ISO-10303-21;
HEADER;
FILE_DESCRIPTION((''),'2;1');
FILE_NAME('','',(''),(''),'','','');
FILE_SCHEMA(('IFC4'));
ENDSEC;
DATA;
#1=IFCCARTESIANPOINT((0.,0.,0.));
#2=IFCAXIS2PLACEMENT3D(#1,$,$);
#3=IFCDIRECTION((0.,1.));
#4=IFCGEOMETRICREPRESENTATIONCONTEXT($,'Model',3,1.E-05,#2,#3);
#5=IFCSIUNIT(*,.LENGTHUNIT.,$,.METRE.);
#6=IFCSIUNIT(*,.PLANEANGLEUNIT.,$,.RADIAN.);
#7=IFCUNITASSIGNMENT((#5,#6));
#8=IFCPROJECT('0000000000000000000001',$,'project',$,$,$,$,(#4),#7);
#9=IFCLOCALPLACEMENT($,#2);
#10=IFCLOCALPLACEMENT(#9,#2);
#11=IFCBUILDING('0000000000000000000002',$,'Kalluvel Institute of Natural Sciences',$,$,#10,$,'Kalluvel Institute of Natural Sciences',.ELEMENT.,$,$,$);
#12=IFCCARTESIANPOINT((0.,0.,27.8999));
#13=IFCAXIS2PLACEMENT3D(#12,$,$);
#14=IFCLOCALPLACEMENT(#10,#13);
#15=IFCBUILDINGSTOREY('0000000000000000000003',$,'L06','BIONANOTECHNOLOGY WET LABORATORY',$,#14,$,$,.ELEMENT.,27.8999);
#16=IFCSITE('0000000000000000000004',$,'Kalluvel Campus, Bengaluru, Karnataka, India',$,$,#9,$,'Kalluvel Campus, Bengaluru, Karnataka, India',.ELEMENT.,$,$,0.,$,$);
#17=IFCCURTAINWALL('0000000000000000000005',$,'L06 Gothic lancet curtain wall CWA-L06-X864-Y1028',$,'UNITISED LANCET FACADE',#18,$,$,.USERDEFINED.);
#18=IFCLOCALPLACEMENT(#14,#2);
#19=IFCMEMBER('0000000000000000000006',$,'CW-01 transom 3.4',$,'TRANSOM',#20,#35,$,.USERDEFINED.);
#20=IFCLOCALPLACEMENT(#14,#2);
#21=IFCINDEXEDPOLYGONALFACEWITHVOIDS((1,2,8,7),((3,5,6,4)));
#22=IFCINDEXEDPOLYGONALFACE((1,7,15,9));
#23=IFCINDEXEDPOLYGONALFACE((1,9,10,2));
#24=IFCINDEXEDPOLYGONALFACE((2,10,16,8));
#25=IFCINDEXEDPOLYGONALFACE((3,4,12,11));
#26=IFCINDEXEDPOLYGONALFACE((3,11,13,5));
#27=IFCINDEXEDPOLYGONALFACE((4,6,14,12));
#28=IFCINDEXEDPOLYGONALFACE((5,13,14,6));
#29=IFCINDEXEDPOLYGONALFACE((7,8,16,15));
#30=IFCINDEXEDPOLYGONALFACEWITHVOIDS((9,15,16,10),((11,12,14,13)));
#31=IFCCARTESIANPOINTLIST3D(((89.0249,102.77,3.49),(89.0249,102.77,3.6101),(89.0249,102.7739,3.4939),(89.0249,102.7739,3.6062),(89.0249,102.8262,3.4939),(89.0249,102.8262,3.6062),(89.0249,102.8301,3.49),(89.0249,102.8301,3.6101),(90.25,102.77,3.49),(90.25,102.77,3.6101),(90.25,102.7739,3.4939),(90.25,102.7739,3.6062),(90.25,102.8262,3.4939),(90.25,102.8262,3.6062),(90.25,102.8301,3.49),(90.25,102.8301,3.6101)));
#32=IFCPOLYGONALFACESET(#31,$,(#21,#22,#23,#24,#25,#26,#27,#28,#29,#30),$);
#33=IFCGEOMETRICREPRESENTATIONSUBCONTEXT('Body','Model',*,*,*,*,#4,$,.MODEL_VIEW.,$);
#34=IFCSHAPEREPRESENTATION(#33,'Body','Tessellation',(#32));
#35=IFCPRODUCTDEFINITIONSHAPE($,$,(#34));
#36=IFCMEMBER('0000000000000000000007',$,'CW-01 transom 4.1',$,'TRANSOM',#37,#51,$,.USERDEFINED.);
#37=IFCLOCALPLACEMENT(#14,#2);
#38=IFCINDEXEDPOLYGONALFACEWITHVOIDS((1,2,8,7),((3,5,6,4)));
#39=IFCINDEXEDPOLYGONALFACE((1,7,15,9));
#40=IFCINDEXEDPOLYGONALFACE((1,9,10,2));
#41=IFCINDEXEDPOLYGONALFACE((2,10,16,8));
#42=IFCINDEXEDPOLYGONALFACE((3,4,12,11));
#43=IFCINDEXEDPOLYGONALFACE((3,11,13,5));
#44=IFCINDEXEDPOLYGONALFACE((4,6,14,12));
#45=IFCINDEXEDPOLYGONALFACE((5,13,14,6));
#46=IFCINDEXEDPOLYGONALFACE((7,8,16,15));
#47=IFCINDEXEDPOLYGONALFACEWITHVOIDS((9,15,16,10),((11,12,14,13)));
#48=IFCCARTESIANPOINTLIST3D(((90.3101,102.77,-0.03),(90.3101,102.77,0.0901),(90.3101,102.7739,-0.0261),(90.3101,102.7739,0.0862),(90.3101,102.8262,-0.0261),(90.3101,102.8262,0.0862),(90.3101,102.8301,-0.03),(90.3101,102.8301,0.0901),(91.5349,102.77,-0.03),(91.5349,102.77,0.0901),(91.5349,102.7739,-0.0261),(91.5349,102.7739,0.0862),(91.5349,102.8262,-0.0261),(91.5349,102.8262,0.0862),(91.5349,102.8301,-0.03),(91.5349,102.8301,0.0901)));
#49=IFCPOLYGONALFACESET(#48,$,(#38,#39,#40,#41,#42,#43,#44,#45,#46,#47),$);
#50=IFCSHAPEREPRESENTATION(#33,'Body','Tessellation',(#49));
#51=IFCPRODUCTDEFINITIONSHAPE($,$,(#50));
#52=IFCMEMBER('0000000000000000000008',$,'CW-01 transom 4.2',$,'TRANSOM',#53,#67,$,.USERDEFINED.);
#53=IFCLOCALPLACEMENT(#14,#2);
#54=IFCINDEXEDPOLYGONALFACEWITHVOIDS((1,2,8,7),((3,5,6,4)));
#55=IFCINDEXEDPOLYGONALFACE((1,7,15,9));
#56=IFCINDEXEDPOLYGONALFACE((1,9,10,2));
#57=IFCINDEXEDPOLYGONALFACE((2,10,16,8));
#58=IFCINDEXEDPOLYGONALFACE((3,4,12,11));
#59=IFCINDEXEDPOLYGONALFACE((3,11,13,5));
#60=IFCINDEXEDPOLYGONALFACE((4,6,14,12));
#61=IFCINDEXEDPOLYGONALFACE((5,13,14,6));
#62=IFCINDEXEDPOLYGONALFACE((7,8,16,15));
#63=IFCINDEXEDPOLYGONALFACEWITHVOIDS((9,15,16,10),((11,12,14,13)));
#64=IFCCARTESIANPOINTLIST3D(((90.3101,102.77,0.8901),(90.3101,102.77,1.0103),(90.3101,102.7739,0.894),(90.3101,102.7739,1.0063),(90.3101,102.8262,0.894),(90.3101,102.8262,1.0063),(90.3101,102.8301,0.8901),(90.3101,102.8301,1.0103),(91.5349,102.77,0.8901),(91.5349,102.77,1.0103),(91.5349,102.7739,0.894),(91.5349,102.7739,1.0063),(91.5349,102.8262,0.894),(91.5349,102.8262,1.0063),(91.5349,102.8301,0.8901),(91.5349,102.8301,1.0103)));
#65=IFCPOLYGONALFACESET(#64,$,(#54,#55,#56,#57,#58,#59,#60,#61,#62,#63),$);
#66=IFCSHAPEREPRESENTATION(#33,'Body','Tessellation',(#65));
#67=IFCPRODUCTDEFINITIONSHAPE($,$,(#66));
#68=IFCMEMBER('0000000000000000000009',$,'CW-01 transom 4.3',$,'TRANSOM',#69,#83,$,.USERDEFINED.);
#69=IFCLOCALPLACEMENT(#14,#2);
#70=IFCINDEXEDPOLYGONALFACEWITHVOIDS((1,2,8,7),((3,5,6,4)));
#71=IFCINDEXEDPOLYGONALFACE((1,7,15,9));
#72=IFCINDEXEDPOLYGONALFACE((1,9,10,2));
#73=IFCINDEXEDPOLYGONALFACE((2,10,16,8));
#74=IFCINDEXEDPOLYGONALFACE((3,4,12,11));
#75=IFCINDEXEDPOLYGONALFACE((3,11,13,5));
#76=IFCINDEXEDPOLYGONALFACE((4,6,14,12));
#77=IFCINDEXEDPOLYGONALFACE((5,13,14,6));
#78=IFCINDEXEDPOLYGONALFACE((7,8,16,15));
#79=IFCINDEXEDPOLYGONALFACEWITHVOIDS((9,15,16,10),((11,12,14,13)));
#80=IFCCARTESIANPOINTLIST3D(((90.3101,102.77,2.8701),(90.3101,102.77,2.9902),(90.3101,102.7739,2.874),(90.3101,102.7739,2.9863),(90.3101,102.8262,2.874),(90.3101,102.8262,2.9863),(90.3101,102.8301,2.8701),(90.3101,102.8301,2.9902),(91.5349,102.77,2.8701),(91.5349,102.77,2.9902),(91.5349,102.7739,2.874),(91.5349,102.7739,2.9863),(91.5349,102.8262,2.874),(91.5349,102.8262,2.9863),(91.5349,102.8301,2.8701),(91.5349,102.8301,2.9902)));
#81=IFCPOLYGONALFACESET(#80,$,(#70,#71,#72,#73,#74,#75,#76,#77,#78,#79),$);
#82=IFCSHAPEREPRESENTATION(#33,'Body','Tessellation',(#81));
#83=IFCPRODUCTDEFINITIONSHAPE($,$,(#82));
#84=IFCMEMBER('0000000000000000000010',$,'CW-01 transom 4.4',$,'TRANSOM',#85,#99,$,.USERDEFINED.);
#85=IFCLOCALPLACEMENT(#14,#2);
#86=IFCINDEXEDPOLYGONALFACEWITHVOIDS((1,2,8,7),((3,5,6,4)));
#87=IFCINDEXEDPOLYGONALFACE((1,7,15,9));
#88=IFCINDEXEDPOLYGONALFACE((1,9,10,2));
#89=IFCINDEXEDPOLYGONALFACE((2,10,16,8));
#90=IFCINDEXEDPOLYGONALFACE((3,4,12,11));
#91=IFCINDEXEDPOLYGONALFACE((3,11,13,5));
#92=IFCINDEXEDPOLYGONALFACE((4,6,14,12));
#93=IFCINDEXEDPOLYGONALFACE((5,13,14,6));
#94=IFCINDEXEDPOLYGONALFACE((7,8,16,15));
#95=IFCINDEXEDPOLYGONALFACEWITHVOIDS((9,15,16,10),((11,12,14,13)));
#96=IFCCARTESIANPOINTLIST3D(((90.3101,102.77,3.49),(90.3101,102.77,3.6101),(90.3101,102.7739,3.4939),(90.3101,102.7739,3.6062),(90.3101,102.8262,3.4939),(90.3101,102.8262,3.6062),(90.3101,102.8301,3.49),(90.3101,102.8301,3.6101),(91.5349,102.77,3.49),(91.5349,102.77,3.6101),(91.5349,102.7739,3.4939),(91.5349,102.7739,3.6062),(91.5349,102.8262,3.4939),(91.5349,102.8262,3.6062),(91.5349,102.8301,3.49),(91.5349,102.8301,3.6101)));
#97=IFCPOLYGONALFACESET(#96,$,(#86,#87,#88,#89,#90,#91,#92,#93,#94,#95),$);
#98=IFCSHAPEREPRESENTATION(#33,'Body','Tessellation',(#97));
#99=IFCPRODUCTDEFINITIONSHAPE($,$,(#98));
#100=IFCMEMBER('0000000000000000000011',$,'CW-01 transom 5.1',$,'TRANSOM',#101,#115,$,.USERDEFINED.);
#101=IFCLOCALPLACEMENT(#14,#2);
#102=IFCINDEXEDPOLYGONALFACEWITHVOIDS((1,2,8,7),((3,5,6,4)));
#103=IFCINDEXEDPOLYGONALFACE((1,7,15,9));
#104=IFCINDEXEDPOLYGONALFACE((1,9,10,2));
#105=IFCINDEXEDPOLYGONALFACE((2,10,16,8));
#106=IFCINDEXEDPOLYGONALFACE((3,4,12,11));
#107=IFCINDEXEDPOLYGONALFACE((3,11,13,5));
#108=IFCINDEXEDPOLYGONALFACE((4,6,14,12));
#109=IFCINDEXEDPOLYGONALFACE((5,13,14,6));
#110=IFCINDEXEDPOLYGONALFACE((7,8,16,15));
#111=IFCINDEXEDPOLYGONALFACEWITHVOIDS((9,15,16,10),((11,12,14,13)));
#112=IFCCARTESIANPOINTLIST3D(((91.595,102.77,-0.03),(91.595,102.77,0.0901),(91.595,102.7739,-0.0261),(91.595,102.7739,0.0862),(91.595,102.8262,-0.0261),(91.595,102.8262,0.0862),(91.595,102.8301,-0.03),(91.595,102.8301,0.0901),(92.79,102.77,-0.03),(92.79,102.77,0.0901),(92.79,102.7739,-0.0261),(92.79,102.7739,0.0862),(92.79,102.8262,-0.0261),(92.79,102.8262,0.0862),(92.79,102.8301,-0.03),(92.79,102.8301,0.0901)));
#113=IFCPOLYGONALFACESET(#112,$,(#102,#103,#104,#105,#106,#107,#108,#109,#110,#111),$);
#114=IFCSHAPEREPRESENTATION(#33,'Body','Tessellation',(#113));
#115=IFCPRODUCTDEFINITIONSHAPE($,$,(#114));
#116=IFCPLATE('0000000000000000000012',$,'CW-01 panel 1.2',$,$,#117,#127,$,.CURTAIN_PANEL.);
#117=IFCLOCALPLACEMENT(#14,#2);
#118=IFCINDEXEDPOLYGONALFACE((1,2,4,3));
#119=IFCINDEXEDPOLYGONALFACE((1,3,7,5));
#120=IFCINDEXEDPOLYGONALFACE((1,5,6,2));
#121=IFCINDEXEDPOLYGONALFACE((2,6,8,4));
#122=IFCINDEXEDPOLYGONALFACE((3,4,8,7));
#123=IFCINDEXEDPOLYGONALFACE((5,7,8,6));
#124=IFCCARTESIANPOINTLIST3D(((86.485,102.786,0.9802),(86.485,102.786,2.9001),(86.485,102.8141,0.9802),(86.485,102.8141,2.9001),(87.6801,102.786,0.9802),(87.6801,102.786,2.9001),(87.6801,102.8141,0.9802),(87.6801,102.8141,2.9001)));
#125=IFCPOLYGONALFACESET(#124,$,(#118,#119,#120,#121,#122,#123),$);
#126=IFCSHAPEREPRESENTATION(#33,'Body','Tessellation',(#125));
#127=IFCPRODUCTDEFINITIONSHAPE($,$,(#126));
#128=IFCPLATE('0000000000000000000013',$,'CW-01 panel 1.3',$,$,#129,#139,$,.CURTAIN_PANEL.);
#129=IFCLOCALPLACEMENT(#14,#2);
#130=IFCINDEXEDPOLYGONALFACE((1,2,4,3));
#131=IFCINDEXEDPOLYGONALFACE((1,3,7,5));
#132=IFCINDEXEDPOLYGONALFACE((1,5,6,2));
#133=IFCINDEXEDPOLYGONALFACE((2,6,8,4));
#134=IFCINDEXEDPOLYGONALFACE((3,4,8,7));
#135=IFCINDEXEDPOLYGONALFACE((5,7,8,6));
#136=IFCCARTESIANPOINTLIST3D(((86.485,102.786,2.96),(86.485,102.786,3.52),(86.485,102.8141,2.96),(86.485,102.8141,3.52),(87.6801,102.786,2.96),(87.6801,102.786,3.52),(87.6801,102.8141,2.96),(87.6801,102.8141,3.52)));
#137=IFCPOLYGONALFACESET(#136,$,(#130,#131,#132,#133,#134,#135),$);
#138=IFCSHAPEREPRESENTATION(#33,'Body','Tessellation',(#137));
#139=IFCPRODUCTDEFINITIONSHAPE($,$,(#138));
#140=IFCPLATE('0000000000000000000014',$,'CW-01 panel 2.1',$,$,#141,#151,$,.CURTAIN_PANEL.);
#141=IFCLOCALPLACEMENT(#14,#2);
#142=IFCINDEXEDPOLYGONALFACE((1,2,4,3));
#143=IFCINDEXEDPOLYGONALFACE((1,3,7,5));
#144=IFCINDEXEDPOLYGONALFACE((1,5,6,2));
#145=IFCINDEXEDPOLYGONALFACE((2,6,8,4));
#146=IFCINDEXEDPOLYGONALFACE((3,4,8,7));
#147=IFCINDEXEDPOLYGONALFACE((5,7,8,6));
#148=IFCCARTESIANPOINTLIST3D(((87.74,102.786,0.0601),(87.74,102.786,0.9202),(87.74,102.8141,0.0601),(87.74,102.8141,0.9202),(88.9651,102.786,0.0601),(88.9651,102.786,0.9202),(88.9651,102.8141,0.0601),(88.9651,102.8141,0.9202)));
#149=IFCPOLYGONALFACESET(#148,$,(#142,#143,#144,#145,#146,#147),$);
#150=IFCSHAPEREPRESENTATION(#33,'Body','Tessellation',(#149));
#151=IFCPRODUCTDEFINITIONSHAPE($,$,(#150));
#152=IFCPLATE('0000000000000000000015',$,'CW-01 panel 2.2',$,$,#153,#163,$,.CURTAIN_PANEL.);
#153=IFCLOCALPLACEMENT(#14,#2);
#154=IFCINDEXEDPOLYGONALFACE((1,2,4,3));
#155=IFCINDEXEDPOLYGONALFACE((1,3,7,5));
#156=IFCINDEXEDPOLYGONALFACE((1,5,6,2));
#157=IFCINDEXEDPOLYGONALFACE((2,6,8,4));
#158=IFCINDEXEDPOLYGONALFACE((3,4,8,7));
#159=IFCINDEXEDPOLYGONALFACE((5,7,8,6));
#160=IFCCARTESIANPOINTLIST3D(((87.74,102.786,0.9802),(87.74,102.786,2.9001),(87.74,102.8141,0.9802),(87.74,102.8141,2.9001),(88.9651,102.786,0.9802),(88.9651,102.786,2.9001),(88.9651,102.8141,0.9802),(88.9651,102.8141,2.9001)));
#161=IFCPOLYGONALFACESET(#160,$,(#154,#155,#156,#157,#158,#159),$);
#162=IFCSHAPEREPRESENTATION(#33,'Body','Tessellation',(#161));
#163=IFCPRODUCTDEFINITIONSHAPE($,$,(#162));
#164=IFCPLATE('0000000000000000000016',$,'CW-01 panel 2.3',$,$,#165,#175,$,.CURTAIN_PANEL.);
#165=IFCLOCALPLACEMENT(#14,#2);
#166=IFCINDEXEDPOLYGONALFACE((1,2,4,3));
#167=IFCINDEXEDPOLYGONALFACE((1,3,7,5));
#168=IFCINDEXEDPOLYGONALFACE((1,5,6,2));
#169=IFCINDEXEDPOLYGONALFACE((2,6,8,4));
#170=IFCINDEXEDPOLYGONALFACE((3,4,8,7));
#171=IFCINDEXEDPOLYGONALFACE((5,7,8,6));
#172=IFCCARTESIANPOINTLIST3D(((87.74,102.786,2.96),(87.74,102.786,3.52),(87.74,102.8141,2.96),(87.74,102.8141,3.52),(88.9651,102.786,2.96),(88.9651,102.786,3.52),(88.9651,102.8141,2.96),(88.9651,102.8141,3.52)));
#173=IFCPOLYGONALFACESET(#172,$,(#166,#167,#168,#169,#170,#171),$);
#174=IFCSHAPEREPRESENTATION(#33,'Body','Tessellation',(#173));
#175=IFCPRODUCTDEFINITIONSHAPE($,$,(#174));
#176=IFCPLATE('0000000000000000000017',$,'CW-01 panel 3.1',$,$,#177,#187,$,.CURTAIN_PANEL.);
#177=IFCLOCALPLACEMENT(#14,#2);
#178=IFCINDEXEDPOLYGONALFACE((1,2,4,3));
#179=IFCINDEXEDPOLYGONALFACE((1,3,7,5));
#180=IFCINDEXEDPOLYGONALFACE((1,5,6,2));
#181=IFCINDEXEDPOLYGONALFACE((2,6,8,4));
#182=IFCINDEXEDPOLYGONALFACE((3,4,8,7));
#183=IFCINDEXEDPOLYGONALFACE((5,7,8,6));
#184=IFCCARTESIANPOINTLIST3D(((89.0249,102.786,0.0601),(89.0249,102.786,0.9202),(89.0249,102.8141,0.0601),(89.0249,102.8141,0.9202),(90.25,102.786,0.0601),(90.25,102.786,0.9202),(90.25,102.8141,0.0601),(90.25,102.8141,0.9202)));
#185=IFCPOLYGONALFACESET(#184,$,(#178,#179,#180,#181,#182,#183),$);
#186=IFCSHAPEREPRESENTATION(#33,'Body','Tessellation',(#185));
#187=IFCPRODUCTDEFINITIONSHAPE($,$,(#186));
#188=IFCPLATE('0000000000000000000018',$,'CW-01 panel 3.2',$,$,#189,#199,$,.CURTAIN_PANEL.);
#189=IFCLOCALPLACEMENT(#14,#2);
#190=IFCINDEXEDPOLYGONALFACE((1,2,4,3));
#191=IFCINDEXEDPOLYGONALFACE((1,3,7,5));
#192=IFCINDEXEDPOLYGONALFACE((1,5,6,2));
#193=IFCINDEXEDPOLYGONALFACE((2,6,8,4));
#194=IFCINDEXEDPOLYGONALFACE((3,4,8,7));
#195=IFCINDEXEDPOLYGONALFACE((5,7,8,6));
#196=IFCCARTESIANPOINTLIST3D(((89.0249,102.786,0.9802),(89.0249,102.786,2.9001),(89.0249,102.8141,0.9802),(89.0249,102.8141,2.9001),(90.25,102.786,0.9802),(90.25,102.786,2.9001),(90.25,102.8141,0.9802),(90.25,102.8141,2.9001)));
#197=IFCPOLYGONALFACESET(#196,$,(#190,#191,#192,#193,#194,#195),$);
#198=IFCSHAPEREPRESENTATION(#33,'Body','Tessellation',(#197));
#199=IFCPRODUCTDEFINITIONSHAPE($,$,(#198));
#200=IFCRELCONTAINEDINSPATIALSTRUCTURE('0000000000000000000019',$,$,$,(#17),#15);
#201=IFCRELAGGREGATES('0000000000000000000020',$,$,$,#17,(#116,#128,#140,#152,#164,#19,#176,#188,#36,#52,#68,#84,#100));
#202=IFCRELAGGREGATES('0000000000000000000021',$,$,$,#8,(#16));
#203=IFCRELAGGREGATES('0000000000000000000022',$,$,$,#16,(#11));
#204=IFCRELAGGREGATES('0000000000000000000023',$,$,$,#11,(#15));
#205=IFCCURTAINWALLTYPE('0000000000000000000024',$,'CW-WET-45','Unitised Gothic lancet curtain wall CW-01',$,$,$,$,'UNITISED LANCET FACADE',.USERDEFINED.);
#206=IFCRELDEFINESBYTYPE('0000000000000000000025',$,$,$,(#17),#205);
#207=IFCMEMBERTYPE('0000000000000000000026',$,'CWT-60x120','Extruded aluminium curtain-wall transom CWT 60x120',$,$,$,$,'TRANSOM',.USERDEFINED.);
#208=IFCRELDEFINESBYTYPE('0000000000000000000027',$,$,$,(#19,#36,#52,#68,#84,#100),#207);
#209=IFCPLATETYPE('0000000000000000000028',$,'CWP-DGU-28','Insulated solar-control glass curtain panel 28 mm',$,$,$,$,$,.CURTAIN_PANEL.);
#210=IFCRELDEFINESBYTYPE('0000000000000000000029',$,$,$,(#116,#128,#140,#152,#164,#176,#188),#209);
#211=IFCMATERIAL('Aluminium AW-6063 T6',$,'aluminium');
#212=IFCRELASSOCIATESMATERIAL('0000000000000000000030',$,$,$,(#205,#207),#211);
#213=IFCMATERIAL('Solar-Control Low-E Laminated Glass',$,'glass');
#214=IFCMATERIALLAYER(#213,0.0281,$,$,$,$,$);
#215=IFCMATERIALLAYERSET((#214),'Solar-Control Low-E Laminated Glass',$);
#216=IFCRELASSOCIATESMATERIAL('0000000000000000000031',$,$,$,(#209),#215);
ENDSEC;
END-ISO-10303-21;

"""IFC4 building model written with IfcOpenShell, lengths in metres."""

from ifc_helpers import new_model, si_unit, direction, frame, origin, origin_2d, place, context, subcontext, project, spatial, rectangle, hollow_rectangle, extrude, material, layer, layer_set, material_profile, profile_set, type_object, element, aggregate, save


model = new_model("IFC4")

# Units and contexts
model_context = context("Model", 3, precision=1e-05, world=origin(), true_north=direction((0.0, 1.0)))
body_context = subcontext(model_context, "Body", "Model", "MODEL_VIEW")
ifc_project = project(units=[si_unit("LENGTHUNIT", "METRE"), si_unit("PLANEANGLEUNIT", "RADIAN")], contexts=[model_context])

# Site, building, storey
site_placement = place(None, origin())
site = spatial("IfcSite", under=ifc_project, at=site_placement, Name="Kalluvel Campus, Bengaluru, Karnataka, India", LongName="Kalluvel Campus, Bengaluru, Karnataka, India", CompositionType="ELEMENT", RefElevation=0.0)
building_placement = place(site_placement, origin())
building = spatial("IfcBuilding", under=site, at=building_placement, Name="Kalluvel Institute of Natural Sciences", LongName="Kalluvel Institute of Natural Sciences", CompositionType="ELEMENT")
storey_placement = place(building_placement, frame((0.0, 0.0, 27.8999)))
storey = spatial("IfcBuildingStorey", under=building, at=storey_placement, Name="L06", Description="BIONANOTECHNOLOGY WET LABORATORY", CompositionType="ELEMENT", Elevation=27.8999)

# Curtain wall, members, plates
ifc_material_1 = material(Name="Aluminium AW-6063 T6", Category="aluminium")
curtain_wall_type = type_object("IfcCurtainWallType", Name="CW-WET-45", Description="Unitised Gothic lancet curtain wall CW-01", ElementType="UNITISED LANCET FACADE", PredefinedType="USERDEFINED", material=ifc_material_1)
curtain_wall_placement = place(storey_placement, origin())
curtain_wall = element("IfcCurtainWall", 1, at=curtain_wall_placement, inside=storey, type_object=curtain_wall_type, Name="L06 Gothic lancet curtain wall CWA-L06-X864-Y1028", ObjectType="UNITISED LANCET FACADE", PredefinedType="USERDEFINED")
ifc_material_profile_1 = material_profile(ifc_material_1, hollow_rectangle(XDim=0.0601, YDim=0.1201, WallThickness=0.0039, at=origin_2d()), Name="CWT 60x120")
ifc_profile_set_1 = profile_set([ifc_material_profile_1], Name="Aluminium AW-6063 T6")
member_type_1 = type_object("IfcMemberType", Name="CWT-60x120", Description="Extruded aluminium curtain-wall transom CWT 60x120", ElementType="TRANSOM", PredefinedType="USERDEFINED", material=ifc_profile_set_1)
member_1_placement = place(storey_placement, frame((89.0249, 102.8, 3.55), z_axis=(1.0, 0.0, 0.0), x_axis=(0.0, 1.0, 0.0)))
member_1 = element("IfcMember", 2, at=member_1_placement, type_object=member_type_1, Name="CW-01 transom 3.4", ObjectType="TRANSOM", PredefinedType="USERDEFINED", context=body_context, shape_type="SweptSolid", body=[
    extrude(hollow_rectangle(XDim=0.0601, YDim=0.1201, WallThickness=0.0039, at=origin_2d()), origin(), (0.0, 0.0, 1.0), 1.2251),
])
member_2_placement = place(storey_placement, frame((90.3101, 102.8, 0.03), z_axis=(1.0, 0.0, 0.0), x_axis=(0.0, 1.0, 0.0)))
member_2 = element("IfcMember", 3, at=member_2_placement, type_object=member_type_1, Name="CW-01 transom 4.1", ObjectType="TRANSOM", PredefinedType="USERDEFINED", context=body_context, shape_type="SweptSolid", body=[
    extrude(hollow_rectangle(XDim=0.0601, YDim=0.1201, WallThickness=0.0039, at=origin_2d()), origin(), (0.0, 0.0, 1.0), 1.2249),
])
member_3_placement = place(storey_placement, frame((90.3101, 102.8, 0.9502), z_axis=(1.0, 0.0, 0.0), x_axis=(0.0, 1.0, 0.0)))
member_3 = element("IfcMember", 4, at=member_3_placement, type_object=member_type_1, Name="CW-01 transom 4.2", ObjectType="TRANSOM", PredefinedType="USERDEFINED", context=body_context, shape_type="SweptSolid", body=[
    extrude(hollow_rectangle(XDim=0.0601, YDim=0.1201, WallThickness=0.0039, at=origin_2d()), origin(), (0.0, 0.0, 1.0), 1.2249),
])
member_4_placement = place(storey_placement, frame((90.3101, 102.8, 2.9302), z_axis=(1.0, 0.0, 0.0), x_axis=(0.0, 1.0, 0.0)))
member_4 = element("IfcMember", 5, at=member_4_placement, type_object=member_type_1, Name="CW-01 transom 4.3", ObjectType="TRANSOM", PredefinedType="USERDEFINED", context=body_context, shape_type="SweptSolid", body=[
    extrude(hollow_rectangle(XDim=0.0601, YDim=0.1201, WallThickness=0.0039, at=origin_2d()), origin(), (0.0, 0.0, 1.0), 1.2249),
])
member_5_placement = place(storey_placement, frame((90.3101, 102.8, 3.55), z_axis=(1.0, 0.0, 0.0), x_axis=(0.0, 1.0, 0.0)))
member_5 = element("IfcMember", 6, at=member_5_placement, type_object=member_type_1, Name="CW-01 transom 4.4", ObjectType="TRANSOM", PredefinedType="USERDEFINED", context=body_context, shape_type="SweptSolid", body=[
    extrude(hollow_rectangle(XDim=0.0601, YDim=0.1201, WallThickness=0.0039, at=origin_2d()), origin(), (0.0, 0.0, 1.0), 1.2249),
])
member_6_placement = place(storey_placement, frame((91.595, 102.8, 0.03), z_axis=(1.0, 0.0, 0.0), x_axis=(0.0, 1.0, 0.0)))
member_6 = element("IfcMember", 7, at=member_6_placement, type_object=member_type_1, Name="CW-01 transom 5.1", ObjectType="TRANSOM", PredefinedType="USERDEFINED", context=body_context, shape_type="SweptSolid", body=[
    extrude(hollow_rectangle(XDim=0.0601, YDim=0.1201, WallThickness=0.0039, at=origin_2d()), origin(), (0.0, 0.0, 1.0), 1.1951),
])
ifc_material_2 = material(Name="Solar-Control Low-E Laminated Glass", Category="glass")
ifc_layer = layer(ifc_material_2, 0.0281)
ifc_layer_set = layer_set([ifc_layer], Name="Solar-Control Low-E Laminated Glass")
plate_type = type_object("IfcPlateType", Name="CWP-DGU-28", Description="Insulated solar-control glass curtain panel 28 mm", PredefinedType="CURTAIN_PANEL", material=ifc_layer_set)
plate_1_placement = place(storey_placement, frame((87.0825, 102.8, 0.9802), z_axis=(0.0, 0.0, 1.0), x_axis=(1.0, 0.0, 0.0)))
plate_1 = element("IfcPlate", 8, at=plate_1_placement, type_object=plate_type, Name="CW-01 panel 1.2", PredefinedType="CURTAIN_PANEL", context=body_context, shape_type="SweptSolid", body=[
    extrude(rectangle(XDim=1.1951, YDim=0.0281, at=origin_2d()), origin(), (0.0, 0.0, 1.0), 1.9199),
])
plate_2_placement = place(storey_placement, frame((87.0825, 102.8, 2.96), z_axis=(0.0, 0.0, 1.0), x_axis=(1.0, 0.0, 0.0)))
plate_2 = element("IfcPlate", 9, at=plate_2_placement, type_object=plate_type, Name="CW-01 panel 1.3", PredefinedType="CURTAIN_PANEL", context=body_context, shape_type="SweptSolid", body=[
    extrude(rectangle(XDim=1.1951, YDim=0.0281, at=origin_2d()), origin(), (0.0, 0.0, 1.0), 0.5601),
])
plate_3_placement = place(storey_placement, frame((88.3525, 102.8, 0.0601), z_axis=(0.0, 0.0, 1.0), x_axis=(1.0, 0.0, 0.0)))
plate_3 = element("IfcPlate", 10, at=plate_3_placement, type_object=plate_type, Name="CW-01 panel 2.1", PredefinedType="CURTAIN_PANEL", context=body_context, shape_type="SweptSolid", body=[
    extrude(rectangle(XDim=1.2251, YDim=0.0281, at=origin_2d()), origin(), (0.0, 0.0, 1.0), 0.8601),
])
plate_4_placement = place(storey_placement, frame((88.3525, 102.8, 0.9802), z_axis=(0.0, 0.0, 1.0), x_axis=(1.0, 0.0, 0.0)))
plate_4 = element("IfcPlate", 11, at=plate_4_placement, type_object=plate_type, Name="CW-01 panel 2.2", PredefinedType="CURTAIN_PANEL", context=body_context, shape_type="SweptSolid", body=[
    extrude(rectangle(XDim=1.2251, YDim=0.0281, at=origin_2d()), origin(), (0.0, 0.0, 1.0), 1.9199),
])
plate_5_placement = place(storey_placement, frame((88.3525, 102.8, 2.96), z_axis=(0.0, 0.0, 1.0), x_axis=(1.0, 0.0, 0.0)))
plate_5 = element("IfcPlate", 12, at=plate_5_placement, type_object=plate_type, Name="CW-01 panel 2.3", PredefinedType="CURTAIN_PANEL", context=body_context, shape_type="SweptSolid", body=[
    extrude(rectangle(XDim=1.2251, YDim=0.0281, at=origin_2d()), origin(), (0.0, 0.0, 1.0), 0.5601),
])
plate_6_placement = place(storey_placement, frame((89.6375, 102.8, 0.0601), z_axis=(0.0, 0.0, 1.0), x_axis=(1.0, 0.0, 0.0)))
plate_6 = element("IfcPlate", 13, at=plate_6_placement, type_object=plate_type, Name="CW-01 panel 3.1", PredefinedType="CURTAIN_PANEL", context=body_context, shape_type="SweptSolid", body=[
    extrude(rectangle(XDim=1.2251, YDim=0.0281, at=origin_2d()), origin(), (0.0, 0.0, 1.0), 0.8601),
])
plate_7_placement = place(storey_placement, frame((89.6375, 102.8, 0.9802), z_axis=(0.0, 0.0, 1.0), x_axis=(1.0, 0.0, 0.0)))
plate_7 = element("IfcPlate", 14, at=plate_7_placement, type_object=plate_type, Name="CW-01 panel 3.2", PredefinedType="CURTAIN_PANEL", context=body_context, shape_type="SweptSolid", body=[
    extrude(rectangle(XDim=1.2251, YDim=0.0281, at=origin_2d()), origin(), (0.0, 0.0, 1.0), 1.9199),
])
aggregate(curtain_wall, [plate_1, plate_2, plate_3, plate_4, plate_5, member_1, plate_6, plate_7, member_2, member_3, member_4, member_5, member_6])

save(model, "model.ifc")
